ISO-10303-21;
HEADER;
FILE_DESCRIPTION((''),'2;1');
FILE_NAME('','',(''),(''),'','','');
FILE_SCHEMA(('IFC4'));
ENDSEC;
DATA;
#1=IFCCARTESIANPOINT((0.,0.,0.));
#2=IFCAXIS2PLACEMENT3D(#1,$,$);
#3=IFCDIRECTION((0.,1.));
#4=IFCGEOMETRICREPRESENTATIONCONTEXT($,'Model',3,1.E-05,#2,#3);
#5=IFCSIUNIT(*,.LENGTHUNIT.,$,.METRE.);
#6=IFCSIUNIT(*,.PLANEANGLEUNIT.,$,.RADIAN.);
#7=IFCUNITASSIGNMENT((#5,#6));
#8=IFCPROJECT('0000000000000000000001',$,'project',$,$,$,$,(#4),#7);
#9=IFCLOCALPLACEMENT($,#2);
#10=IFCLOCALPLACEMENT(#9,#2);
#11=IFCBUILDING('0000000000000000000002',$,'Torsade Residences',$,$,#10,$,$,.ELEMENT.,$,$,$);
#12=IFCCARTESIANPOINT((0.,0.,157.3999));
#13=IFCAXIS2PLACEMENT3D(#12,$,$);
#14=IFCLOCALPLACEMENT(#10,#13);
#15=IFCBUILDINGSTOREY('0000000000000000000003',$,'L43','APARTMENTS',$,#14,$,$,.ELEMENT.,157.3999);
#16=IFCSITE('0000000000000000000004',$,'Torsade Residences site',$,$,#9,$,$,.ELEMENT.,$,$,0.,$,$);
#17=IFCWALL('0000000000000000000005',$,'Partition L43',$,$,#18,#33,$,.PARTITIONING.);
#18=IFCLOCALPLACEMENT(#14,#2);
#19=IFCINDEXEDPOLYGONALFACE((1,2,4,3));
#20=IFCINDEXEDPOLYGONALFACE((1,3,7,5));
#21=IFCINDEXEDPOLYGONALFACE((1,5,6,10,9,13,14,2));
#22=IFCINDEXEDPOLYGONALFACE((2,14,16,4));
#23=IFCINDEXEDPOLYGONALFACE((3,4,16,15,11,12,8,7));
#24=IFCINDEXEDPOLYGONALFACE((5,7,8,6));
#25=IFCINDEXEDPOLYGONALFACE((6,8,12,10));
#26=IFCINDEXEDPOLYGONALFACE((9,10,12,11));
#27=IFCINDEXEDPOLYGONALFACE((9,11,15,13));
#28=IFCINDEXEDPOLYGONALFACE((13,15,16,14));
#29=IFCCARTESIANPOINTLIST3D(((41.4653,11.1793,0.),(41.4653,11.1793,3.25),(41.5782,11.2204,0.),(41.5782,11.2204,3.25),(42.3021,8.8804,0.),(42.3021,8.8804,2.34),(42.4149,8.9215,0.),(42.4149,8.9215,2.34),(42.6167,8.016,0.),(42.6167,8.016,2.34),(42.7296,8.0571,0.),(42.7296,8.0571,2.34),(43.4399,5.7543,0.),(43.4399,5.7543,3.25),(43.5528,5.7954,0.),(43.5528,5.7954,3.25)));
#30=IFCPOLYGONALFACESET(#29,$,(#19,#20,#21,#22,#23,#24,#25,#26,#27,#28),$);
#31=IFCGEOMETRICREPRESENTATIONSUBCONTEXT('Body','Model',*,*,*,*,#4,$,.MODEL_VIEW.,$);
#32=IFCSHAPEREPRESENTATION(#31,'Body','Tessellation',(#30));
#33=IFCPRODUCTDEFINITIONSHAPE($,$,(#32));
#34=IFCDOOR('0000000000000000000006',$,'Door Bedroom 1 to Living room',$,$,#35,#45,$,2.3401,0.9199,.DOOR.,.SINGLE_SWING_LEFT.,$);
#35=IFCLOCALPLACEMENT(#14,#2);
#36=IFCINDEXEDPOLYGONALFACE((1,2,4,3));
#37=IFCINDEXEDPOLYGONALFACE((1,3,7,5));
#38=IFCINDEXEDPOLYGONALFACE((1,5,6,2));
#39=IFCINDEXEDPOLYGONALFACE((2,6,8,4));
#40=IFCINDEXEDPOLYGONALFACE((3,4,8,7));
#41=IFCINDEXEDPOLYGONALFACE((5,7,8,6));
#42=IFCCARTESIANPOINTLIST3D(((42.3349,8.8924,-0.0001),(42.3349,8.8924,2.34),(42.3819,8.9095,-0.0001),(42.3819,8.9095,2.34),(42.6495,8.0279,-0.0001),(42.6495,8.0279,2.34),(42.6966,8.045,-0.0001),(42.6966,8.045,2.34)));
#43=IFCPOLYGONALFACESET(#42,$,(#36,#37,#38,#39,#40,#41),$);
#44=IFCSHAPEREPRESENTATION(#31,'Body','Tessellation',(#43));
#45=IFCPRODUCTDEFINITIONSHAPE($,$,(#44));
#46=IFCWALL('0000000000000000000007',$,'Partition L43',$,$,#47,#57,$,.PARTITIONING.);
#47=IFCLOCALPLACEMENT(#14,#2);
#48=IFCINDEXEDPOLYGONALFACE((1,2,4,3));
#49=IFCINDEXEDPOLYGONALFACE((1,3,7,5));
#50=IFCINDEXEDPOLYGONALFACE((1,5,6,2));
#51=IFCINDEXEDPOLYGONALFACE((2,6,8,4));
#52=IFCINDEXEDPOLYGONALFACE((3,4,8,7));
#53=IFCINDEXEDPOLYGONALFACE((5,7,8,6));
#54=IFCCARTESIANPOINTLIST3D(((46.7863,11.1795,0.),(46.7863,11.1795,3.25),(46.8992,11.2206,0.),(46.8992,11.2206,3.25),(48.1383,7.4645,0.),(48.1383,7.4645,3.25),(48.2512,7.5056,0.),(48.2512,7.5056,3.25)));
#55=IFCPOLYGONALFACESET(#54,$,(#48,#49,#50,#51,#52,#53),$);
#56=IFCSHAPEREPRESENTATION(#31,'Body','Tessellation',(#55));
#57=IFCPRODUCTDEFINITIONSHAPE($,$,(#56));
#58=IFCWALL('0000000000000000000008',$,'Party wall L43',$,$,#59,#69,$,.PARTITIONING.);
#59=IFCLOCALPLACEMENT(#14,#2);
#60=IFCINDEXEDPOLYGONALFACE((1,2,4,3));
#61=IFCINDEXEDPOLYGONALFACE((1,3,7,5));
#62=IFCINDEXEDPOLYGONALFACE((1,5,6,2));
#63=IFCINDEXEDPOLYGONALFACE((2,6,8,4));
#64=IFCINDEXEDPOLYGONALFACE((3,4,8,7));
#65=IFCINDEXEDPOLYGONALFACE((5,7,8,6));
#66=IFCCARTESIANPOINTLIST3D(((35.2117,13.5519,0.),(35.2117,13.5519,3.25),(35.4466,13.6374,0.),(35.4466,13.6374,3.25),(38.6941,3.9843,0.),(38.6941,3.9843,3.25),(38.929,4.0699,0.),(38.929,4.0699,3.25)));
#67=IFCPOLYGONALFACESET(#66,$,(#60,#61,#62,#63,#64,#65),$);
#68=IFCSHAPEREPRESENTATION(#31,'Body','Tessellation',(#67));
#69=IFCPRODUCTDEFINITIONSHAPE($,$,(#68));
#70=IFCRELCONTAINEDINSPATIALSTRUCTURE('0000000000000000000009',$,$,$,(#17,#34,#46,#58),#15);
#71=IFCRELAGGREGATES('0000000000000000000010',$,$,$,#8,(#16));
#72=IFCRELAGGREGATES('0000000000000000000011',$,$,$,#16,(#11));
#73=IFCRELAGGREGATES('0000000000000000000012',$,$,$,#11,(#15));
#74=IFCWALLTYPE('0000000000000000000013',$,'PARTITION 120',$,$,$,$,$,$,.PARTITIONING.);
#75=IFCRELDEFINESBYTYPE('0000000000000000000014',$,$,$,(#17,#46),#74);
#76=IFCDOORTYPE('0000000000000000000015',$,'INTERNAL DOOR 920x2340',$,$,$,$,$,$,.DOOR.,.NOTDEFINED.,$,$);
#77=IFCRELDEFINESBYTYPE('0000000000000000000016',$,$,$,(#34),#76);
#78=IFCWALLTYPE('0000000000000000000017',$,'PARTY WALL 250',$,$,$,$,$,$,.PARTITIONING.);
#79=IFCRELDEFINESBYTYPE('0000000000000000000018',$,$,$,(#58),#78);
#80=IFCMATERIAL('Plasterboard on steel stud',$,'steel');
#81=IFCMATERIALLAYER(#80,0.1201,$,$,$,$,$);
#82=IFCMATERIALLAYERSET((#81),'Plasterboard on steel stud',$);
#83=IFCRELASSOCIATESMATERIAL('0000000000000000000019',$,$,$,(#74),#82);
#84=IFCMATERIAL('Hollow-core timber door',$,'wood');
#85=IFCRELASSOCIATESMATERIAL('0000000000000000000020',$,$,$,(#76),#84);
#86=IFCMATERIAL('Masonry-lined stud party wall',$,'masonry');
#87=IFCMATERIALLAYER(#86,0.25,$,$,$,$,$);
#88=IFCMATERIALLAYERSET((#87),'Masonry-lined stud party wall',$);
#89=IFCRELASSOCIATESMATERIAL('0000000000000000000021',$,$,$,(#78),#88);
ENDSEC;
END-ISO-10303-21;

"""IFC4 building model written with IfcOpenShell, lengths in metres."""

from ifc_helpers import new_model, si_unit, direction, frame, frame_2d, origin, place, context, subcontext, project, spatial, rectangle, extrude, material, layer, layer_set, type_object, element, fill, save


model = new_model("IFC4")

# Units and contexts
model_context = context("Model", 3, precision=1e-05, world=origin(), true_north=direction((0.0, 1.0)))
body_context = subcontext(model_context, "Body", "Model", "MODEL_VIEW")
ifc_project = project(units=[si_unit("LENGTHUNIT", "METRE"), si_unit("PLANEANGLEUNIT", "RADIAN")], contexts=[model_context])

# Site, building, storey
site_placement = place(None, origin())
site = spatial("IfcSite", under=ifc_project, at=site_placement, Name="Torsade Residences site", CompositionType="ELEMENT", RefElevation=0.0)
building_placement = place(site_placement, origin())
building = spatial("IfcBuilding", under=site, at=building_placement, Name="Torsade Residences", CompositionType="ELEMENT")
storey_placement = place(building_placement, frame((0.0, 0.0, 157.3999)))
storey = spatial("IfcBuildingStorey", under=building, at=storey_placement, Name="L43", Description="APARTMENTS", CompositionType="ELEMENT", Elevation=157.3999)

# Shared definitions
ifc_material_1 = material(Name="Plasterboard on steel stud", Category="steel")
ifc_layer_1 = layer(ifc_material_1, 0.1201)
ifc_layer_set_1 = layer_set([ifc_layer_1], Name="Plasterboard on steel stud")
wall_type_1 = type_object("IfcWallType", Name="PARTITION 120", PredefinedType="PARTITIONING", material=ifc_layer_set_1)
ifc_material_2 = material(Name="Hollow-core timber door", Category="wood")
door_type_1 = type_object("IfcDoorType", Name="INTERNAL DOOR 920x2340", OperationType="NOTDEFINED", PredefinedType="DOOR", material=ifc_material_2)

# Wall, opening, door
wall_1_placement = place(storey_placement, frame((41.5217, 11.2, 0.0), z_axis=(0.0, 0.0, 1.0), x_axis=(0.342028, -0.93969, 0.0)))
wall_1 = element("IfcWall", 1, at=wall_1_placement, inside=storey, type_object=wall_type_1, Name="Partition L43", PredefinedType="PARTITIONING", context=body_context, shape_type="SweptSolid", body=[
    extrude(rectangle(XDim=5.7732, YDim=0.1201, at=frame_2d((2.8867, 0.0))), origin(), (0.0, 0.0, 1.0), 3.25),
])
opening_1_placement = place(wall_1_placement, frame((2.4465, 0.0, 0.0)))
opening_1 = element("IfcOpeningElement", 2, at=opening_1_placement, cuts=wall_1, PredefinedType="OPENING", context=body_context, shape_type="SweptSolid", body=[
    extrude(rectangle(XDim=0.9199, YDim=2.3401, at=frame_2d((0.46, 1.1699))), frame((0.0, 0.0701, 0.0), z_axis=(0.0, -1.0, 0.0), x_axis=(1.0, 0.0, 0.0)), (0.0, 0.0, 1.0), 0.1401),
])
door_1_placement = place(opening_1_placement, origin())
door_1 = element("IfcDoor", 3, at=door_1_placement, inside=storey, type_object=door_type_1, Name="Door Bedroom 1 to Living room", OperationType="SINGLE_SWING_LEFT", OverallHeight=2.3401, OverallWidth=0.9199, PredefinedType="DOOR", context=body_context, shape_type="SweptSolid", body=[
    extrude(rectangle(XDim=0.9199, YDim=2.3401, at=frame_2d((0.46, 1.1699))), frame((0.0, 0.0249, 0.0), z_axis=(0.0, -1.0, 0.0), x_axis=(1.0, 0.0, 0.0)), (0.0, 0.0, 1.0), 0.05),
])
fill(opening_1, door_1)

# Walls
wall_2_placement = place(storey_placement, frame((46.8428, 11.2, 0.0), z_axis=(0.0, 0.0, 1.0), x_axis=(0.341991, -0.939703, 0.0)))
element("IfcWall", 4, at=wall_2_placement, inside=storey, type_object=wall_type_1, Name="Partition L43", PredefinedType="PARTITIONING", context=body_context, shape_type="SweptSolid", body=[
    extrude(rectangle(XDim=3.9534, YDim=0.1201, at=frame_2d((1.9766, 0.0))), origin(), (0.0, 0.0, 1.0), 3.25),
])
ifc_material_3 = material(Name="Masonry-lined stud party wall", Category="masonry")
ifc_layer_2 = layer(ifc_material_3, 0.25)
ifc_layer_set_2 = layer_set([ifc_layer_2], Name="Masonry-lined stud party wall")
wall_type_2 = type_object("IfcWallType", Name="PARTY WALL 250", PredefinedType="PARTITIONING", material=ifc_layer_set_2)
wall_3_placement = place(storey_placement, frame((38.8115, 4.0271, 0.0), z_axis=(0.0, 0.0, 1.0), x_axis=(-0.342028, 0.93969, 0.0)))
element("IfcWall", 5, at=wall_3_placement, inside=storey, type_object=wall_type_2, Name="Party wall L43", PredefinedType="PARTITIONING", context=body_context, shape_type="SweptSolid", body=[
    extrude(rectangle(XDim=10.1816, YDim=0.25, at=frame_2d((5.0908, 0.0))), origin(), (0.0, 0.0, 1.0), 3.25),
])

save(model, "model.ifc")
